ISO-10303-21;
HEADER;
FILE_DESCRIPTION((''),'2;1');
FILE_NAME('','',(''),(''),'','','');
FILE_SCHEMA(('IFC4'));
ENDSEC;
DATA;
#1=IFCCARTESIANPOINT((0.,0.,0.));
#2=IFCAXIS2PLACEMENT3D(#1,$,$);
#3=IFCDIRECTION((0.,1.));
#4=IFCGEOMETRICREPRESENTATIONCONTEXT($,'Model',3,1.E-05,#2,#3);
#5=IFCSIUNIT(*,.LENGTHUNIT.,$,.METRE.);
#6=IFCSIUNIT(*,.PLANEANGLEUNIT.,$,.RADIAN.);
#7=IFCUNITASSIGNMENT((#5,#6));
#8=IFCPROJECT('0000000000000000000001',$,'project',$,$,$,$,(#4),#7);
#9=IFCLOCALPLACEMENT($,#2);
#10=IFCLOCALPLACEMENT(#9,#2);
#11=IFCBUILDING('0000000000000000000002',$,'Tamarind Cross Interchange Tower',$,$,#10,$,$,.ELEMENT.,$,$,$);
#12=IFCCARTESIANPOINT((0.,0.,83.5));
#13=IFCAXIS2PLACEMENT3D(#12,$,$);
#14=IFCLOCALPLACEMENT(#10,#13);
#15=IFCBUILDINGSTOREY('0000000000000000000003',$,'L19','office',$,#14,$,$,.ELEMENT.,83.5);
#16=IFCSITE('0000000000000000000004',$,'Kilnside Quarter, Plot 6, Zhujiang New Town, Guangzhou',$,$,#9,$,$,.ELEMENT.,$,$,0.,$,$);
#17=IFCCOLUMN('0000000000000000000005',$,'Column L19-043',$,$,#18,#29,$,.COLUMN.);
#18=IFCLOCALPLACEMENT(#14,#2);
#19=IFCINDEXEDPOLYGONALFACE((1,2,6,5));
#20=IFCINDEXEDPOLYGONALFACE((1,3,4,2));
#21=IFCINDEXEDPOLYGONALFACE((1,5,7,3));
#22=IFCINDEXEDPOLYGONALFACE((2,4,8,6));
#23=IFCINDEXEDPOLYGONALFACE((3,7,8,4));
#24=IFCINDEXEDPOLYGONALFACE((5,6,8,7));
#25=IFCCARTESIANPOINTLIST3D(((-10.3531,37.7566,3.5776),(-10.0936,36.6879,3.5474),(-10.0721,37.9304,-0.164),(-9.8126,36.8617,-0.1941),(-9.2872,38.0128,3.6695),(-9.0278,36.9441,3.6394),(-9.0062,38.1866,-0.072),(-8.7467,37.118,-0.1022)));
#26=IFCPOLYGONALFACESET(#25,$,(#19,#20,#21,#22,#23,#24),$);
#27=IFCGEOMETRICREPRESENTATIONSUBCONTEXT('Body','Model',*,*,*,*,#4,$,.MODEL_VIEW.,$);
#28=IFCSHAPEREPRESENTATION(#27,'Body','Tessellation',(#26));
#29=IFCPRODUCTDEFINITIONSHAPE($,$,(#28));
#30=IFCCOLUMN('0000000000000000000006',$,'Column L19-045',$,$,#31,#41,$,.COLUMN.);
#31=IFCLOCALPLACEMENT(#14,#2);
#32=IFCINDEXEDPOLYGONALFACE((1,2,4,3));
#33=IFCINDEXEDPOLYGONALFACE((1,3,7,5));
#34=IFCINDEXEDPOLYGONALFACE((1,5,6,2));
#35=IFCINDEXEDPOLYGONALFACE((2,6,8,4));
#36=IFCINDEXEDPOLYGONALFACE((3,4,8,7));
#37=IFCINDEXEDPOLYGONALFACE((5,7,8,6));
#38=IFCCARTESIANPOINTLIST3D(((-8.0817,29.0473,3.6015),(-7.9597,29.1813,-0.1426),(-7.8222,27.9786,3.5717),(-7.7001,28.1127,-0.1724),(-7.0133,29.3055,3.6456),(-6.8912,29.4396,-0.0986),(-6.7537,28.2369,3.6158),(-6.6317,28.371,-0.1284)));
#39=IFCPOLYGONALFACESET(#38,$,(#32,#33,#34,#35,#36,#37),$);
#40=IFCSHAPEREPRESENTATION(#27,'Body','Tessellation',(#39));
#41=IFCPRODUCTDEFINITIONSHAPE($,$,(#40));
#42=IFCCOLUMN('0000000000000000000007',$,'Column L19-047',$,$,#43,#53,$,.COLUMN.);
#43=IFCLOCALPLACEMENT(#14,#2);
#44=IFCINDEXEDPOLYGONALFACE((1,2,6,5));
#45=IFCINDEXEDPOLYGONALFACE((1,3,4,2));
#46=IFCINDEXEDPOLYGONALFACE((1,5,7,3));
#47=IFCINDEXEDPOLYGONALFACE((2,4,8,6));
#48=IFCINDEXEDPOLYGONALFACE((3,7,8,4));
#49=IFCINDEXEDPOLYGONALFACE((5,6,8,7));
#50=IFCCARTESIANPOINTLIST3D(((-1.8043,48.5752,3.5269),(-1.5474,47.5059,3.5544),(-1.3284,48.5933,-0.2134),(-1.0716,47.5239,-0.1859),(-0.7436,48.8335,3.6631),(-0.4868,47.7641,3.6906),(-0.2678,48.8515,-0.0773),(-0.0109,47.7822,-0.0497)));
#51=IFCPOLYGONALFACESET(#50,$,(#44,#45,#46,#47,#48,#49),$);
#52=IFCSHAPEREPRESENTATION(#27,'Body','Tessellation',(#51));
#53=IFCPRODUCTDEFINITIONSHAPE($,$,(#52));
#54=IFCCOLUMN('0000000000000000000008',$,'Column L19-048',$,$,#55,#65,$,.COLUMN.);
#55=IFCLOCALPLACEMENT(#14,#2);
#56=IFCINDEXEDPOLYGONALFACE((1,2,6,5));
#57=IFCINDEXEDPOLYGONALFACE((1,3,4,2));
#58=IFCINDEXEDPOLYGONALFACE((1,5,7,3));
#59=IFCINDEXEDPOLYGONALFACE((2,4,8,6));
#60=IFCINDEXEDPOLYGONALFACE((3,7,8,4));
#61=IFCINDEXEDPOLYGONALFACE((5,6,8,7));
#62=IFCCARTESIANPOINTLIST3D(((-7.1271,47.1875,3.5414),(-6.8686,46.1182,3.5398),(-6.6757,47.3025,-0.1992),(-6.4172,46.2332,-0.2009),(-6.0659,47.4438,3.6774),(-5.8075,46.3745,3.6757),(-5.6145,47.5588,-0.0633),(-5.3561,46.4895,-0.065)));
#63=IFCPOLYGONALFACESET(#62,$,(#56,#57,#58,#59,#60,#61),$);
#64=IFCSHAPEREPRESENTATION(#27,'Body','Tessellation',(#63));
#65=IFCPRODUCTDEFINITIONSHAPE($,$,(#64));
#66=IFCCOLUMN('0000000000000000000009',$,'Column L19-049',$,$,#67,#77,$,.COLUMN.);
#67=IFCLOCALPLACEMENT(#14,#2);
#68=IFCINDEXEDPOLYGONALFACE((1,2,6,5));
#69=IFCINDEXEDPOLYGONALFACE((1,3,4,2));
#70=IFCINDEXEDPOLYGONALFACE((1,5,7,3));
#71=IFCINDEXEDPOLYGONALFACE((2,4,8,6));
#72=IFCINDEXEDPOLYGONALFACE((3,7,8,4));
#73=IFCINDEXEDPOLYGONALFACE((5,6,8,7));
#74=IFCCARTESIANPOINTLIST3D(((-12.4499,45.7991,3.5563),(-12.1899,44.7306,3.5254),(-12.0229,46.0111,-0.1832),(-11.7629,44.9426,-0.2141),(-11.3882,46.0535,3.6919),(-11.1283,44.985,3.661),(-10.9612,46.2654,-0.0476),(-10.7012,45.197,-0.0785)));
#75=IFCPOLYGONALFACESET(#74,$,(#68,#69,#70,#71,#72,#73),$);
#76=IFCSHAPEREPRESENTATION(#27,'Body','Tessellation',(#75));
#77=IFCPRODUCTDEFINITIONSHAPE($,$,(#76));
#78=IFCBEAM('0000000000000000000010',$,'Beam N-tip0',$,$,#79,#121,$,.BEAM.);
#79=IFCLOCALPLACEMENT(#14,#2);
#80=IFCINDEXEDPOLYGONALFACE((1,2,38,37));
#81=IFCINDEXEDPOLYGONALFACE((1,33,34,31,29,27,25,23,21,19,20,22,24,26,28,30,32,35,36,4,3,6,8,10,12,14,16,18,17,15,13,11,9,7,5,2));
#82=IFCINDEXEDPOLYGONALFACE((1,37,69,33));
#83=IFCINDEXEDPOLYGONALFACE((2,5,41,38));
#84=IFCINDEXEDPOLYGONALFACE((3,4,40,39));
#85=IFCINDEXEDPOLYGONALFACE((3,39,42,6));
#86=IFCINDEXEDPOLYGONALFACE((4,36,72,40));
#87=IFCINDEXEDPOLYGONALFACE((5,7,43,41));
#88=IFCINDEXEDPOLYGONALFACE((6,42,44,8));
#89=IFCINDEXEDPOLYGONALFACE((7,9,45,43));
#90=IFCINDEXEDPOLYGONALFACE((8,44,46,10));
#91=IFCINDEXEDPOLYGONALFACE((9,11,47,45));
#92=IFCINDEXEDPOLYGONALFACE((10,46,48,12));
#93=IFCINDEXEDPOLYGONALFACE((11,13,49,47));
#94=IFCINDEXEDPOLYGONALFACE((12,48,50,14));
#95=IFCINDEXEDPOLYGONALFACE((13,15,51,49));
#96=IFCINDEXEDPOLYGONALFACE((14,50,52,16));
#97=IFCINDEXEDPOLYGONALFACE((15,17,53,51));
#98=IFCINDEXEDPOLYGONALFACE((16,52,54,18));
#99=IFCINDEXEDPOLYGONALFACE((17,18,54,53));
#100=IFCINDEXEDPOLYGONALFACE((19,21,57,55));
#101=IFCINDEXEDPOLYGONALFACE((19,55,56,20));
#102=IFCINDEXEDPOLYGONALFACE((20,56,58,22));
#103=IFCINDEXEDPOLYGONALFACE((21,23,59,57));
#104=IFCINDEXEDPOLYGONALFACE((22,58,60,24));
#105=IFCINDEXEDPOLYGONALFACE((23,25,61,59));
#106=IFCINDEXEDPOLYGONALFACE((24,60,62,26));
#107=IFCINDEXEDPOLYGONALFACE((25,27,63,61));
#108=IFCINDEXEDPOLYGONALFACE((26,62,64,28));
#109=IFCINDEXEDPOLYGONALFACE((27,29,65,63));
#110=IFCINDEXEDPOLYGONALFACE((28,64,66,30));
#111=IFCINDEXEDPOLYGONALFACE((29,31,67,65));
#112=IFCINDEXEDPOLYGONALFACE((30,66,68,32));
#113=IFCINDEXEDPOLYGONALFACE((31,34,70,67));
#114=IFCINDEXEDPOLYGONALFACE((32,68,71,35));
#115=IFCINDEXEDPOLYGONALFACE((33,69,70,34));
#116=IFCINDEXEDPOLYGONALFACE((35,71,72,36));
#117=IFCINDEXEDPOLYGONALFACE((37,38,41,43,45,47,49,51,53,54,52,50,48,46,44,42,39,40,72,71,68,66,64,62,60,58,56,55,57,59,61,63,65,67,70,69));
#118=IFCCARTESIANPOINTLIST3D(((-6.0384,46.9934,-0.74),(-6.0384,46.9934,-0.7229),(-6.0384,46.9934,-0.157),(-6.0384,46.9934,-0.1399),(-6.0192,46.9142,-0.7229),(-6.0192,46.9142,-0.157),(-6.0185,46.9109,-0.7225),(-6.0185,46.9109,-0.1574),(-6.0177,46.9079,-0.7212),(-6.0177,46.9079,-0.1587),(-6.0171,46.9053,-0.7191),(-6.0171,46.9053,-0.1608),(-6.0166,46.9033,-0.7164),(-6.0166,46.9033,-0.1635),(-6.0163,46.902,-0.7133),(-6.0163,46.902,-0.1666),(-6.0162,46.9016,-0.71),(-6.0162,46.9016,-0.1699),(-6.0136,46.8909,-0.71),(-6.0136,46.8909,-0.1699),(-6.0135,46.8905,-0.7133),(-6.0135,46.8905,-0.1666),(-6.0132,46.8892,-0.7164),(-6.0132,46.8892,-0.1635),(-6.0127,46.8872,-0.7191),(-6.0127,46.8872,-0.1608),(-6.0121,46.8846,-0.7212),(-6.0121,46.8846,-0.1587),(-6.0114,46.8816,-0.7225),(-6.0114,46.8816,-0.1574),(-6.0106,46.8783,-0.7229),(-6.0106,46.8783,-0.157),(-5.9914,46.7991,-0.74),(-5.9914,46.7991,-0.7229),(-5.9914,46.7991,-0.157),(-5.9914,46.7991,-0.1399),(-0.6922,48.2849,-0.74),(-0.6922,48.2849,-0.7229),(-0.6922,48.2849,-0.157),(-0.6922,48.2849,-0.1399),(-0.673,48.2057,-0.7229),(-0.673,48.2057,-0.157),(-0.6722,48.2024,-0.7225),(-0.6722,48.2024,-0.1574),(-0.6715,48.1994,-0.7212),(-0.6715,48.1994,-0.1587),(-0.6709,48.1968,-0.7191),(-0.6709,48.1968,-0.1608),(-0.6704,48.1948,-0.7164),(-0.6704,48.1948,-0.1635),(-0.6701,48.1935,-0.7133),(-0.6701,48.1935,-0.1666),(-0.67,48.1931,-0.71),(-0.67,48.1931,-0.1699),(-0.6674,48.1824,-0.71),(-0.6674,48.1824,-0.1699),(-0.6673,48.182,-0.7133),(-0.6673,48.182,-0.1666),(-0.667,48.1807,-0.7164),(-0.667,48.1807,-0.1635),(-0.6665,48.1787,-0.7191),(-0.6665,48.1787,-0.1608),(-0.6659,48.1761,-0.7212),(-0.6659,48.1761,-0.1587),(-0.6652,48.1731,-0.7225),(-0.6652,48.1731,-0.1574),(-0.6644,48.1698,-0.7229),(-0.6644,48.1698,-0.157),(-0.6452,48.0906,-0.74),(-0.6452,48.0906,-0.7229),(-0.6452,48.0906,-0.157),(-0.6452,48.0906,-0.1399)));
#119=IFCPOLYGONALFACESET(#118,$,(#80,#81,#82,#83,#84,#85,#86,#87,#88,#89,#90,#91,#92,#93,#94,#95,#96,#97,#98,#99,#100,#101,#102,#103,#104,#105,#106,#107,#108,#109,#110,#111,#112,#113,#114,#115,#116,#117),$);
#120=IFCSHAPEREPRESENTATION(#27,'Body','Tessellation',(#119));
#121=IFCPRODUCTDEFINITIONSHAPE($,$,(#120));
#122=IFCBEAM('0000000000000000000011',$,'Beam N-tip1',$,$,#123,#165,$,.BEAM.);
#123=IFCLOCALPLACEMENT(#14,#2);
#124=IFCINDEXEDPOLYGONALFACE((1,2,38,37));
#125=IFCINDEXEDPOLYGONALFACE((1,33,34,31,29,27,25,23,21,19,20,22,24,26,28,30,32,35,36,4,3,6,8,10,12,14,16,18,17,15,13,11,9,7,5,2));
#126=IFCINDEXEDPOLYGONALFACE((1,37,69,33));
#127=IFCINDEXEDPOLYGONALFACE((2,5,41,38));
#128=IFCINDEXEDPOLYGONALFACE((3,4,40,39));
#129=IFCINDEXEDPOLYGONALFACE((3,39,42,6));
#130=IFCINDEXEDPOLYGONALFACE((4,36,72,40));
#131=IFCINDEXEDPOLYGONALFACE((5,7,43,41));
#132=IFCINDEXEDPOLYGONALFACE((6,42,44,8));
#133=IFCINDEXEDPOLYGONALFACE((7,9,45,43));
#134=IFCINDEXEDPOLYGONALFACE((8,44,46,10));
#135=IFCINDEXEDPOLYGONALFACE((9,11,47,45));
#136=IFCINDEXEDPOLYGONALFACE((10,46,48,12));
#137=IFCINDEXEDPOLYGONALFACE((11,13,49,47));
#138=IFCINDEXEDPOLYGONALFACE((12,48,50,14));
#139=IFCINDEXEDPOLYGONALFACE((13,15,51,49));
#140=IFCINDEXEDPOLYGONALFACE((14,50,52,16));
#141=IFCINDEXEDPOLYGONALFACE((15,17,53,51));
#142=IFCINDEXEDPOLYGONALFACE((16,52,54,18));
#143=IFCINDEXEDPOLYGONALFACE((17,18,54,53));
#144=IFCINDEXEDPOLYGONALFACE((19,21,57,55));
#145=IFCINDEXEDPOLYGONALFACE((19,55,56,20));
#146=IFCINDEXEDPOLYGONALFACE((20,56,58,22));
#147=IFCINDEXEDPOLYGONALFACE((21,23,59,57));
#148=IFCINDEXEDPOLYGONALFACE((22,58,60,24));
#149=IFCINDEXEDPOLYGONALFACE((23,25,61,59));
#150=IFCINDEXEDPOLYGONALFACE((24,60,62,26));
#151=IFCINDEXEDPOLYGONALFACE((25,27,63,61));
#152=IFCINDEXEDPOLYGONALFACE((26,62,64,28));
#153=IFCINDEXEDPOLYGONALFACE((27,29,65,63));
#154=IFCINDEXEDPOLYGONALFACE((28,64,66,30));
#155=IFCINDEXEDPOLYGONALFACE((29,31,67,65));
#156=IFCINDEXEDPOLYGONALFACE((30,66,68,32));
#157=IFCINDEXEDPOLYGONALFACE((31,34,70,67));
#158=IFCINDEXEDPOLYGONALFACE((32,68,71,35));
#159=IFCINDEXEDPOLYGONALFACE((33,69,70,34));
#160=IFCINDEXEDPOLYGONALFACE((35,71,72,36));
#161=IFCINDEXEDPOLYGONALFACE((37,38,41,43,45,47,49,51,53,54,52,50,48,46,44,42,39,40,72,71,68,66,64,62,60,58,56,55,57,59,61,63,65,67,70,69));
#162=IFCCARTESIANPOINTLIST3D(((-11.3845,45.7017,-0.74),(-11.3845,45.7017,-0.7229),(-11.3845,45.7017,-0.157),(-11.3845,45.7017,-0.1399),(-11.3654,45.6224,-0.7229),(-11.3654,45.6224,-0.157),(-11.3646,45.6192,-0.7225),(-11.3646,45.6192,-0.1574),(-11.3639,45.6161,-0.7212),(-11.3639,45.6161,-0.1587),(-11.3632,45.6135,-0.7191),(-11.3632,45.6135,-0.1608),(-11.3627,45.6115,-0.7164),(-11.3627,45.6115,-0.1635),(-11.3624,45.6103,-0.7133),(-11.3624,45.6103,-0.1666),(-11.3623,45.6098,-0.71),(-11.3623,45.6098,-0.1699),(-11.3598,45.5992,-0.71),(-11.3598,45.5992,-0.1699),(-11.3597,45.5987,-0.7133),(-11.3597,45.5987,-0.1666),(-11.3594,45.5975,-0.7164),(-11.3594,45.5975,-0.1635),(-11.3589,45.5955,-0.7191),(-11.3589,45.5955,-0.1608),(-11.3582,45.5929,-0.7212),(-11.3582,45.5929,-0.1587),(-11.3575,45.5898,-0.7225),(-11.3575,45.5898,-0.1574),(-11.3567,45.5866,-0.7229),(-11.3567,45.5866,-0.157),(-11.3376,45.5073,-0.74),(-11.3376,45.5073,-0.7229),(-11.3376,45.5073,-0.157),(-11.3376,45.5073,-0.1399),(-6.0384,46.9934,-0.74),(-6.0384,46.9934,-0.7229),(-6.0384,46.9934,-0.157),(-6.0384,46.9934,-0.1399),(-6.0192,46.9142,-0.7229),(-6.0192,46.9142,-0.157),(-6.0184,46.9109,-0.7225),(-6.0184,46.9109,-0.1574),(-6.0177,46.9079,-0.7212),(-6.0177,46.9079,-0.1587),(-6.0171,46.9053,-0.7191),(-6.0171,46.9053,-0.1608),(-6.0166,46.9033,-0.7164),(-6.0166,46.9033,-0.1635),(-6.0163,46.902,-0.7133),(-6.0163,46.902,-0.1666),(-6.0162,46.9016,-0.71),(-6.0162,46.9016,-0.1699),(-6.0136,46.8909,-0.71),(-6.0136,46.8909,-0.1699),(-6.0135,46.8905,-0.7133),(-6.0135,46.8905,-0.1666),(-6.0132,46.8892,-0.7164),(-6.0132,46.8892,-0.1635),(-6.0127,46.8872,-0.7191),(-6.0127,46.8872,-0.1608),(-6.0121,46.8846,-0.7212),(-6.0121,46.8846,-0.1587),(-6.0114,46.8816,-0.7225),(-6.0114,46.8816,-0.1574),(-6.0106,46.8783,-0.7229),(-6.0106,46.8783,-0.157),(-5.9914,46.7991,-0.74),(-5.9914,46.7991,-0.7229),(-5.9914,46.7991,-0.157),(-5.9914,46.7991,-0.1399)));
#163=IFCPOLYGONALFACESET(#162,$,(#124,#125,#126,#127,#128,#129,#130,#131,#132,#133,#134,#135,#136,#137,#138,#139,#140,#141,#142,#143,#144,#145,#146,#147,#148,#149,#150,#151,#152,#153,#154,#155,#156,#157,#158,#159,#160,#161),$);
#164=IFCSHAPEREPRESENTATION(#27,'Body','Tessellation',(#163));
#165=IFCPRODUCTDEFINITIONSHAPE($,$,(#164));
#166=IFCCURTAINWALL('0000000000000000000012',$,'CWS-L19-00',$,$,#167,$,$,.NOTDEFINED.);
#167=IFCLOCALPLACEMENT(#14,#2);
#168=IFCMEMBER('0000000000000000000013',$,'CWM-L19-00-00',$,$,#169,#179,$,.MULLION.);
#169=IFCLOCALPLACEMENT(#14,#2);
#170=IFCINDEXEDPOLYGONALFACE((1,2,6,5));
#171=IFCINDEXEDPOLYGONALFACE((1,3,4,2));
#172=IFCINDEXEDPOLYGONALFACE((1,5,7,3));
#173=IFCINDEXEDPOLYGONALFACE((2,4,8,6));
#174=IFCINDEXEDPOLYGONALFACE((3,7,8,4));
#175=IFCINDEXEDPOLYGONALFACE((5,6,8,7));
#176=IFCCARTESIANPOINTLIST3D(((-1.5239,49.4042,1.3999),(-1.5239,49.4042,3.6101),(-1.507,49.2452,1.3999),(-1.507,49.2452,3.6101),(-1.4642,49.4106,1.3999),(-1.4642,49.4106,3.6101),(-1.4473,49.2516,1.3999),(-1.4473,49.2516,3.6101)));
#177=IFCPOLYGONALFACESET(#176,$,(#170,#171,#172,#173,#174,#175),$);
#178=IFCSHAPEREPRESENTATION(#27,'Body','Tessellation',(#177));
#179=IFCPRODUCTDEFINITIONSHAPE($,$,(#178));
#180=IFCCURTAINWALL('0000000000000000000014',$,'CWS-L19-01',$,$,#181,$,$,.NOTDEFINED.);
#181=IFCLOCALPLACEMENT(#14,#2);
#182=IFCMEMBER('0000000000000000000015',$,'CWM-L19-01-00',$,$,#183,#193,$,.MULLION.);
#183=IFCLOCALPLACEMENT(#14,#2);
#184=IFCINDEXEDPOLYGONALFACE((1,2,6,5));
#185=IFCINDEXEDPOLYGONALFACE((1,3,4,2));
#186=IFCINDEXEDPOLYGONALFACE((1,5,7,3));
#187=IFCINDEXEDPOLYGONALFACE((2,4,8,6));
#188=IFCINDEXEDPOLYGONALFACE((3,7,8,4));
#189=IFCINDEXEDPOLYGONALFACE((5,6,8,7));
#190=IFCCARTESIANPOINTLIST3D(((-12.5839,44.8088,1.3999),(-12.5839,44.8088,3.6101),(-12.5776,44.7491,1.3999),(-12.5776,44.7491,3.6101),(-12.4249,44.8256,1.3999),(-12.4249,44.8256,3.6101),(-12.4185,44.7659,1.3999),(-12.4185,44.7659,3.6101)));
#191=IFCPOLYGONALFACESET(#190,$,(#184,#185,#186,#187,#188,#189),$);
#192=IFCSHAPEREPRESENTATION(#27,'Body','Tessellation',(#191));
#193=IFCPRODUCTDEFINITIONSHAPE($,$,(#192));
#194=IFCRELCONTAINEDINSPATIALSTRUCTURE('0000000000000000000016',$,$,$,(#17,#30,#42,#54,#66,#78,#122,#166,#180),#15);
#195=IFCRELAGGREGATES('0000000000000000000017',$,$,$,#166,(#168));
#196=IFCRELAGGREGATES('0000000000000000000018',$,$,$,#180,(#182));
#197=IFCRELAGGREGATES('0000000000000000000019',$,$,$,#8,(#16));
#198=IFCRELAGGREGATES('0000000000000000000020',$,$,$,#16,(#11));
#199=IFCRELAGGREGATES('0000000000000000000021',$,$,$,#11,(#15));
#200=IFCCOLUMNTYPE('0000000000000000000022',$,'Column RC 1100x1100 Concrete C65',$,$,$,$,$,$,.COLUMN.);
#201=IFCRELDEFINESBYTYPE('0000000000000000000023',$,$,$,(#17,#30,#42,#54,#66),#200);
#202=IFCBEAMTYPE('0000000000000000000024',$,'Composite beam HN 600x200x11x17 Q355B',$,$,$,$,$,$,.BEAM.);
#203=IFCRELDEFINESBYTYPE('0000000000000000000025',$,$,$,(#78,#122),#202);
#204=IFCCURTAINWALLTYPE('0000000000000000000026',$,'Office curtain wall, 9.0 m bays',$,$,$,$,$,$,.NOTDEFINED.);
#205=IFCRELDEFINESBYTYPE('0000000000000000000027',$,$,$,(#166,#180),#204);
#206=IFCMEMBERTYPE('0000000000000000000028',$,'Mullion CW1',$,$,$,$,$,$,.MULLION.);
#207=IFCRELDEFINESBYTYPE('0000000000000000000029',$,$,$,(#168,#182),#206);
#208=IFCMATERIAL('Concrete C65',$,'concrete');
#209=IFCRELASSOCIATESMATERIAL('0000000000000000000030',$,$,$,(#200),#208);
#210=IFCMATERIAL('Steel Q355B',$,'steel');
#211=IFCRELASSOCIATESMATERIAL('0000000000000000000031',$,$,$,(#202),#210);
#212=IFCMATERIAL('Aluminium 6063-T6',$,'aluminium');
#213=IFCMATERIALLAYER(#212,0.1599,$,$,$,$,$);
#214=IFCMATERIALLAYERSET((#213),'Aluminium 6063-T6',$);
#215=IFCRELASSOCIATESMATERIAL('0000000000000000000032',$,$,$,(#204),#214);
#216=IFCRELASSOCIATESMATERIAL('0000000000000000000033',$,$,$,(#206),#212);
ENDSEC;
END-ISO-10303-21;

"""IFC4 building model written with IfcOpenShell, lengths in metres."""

from ifc_helpers import new_model, si_unit, direction, frame, origin, origin_2d, place, context, subcontext, project, spatial, rectangle, i_section, extrude, material, layer, layer_set, material_profile, profile_set, type_object, element, aggregate, save


model = new_model("IFC4")

# Units and contexts
model_context = context("Model", 3, precision=1e-05, world=origin(), true_north=direction((0.0, 1.0)))
body_context = subcontext(model_context, "Body", "Model", "MODEL_VIEW")
ifc_project = project(units=[si_unit("LENGTHUNIT", "METRE"), si_unit("PLANEANGLEUNIT", "RADIAN")], contexts=[model_context])

# Site, building, storey
site_placement = place(None, origin())
site = spatial("IfcSite", under=ifc_project, at=site_placement, Name="Kilnside Quarter, Plot 6, Zhujiang New Town, Guangzhou", CompositionType="ELEMENT", RefElevation=0.0)
building_placement = place(site_placement, origin())
building = spatial("IfcBuilding", under=site, at=building_placement, Name="Tamarind Cross Interchange Tower", CompositionType="ELEMENT")
storey_placement = place(building_placement, frame((0.0, 0.0, 83.5)))
storey = spatial("IfcBuildingStorey", under=building, at=storey_placement, Name="L19", Description="office", CompositionType="ELEMENT", Elevation=83.5)

# Columns
ifc_material_1 = material(Name="Concrete C65", Category="concrete")
ifc_material_profile_1 = material_profile(ifc_material_1, rectangle(XDim=1.1001, YDim=1.1001, at=origin_2d()), Name="RC 1100x1100")
ifc_profile_set_1 = profile_set([ifc_material_profile_1], Name="Concrete C65")
column_type = type_object("IfcColumnType", Name="Column RC 1100x1100 Concrete C65", PredefinedType="COLUMN", material=ifc_profile_set_1)
column_1_placement = place(storey_placement, frame((-9.4094, 37.5242, -0.1331), z_axis=(-0.074815, -0.04628, 0.996123), x_axis=(0.968903, 0.232895, 0.083591)))
element("IfcColumn", 1, at=column_1_placement, inside=storey, type_object=column_type, Name="Column L19-043", PredefinedType="COLUMN", context=body_context, shape_type="SweptSolid", body=[
    extrude(rectangle(XDim=1.1001, YDim=1.1001, at=origin_2d()), origin(), (0.0, 0.0, 1.0), 3.7561),
])
column_2_placement = place(storey_placement, frame((-7.2957, 28.7761, -0.1355), z_axis=(-0.032565, -0.035756, 0.99883), x_axis=(0.97122, 0.234791, 0.04007)))
element("IfcColumn", 2, at=column_2_placement, inside=storey, type_object=column_type, Name="Column L19-045", PredefinedType="COLUMN", context=body_context, shape_type="SweptSolid", body=[
    extrude(rectangle(XDim=1.1001, YDim=1.1001, at=origin_2d()), origin(), (0.0, 0.0, 1.0), 3.7485),
])
column_3_placement = place(storey_placement, frame((-0.6697, 48.1877, -0.1316), z_axis=(-0.126201, -0.004792, 0.991993), x_axis=(0.233475, -0.972041, 0.025007)))
element("IfcColumn", 3, at=column_3_placement, inside=storey, type_object=column_type, Name="Column L19-047", PredefinedType="COLUMN", context=body_context, shape_type="SweptSolid", body=[
    extrude(rectangle(XDim=1.1001, YDim=1.1001, at=origin_2d()), origin(), (0.0, 0.0, 1.0), 3.7705),
])
column_4_placement = place(storey_placement, frame((-6.0159, 46.896, -0.1321), z_axis=(-0.119751, -0.030504, 0.992335), x_axis=(0.9646, 0.232977, 0.123566)))
element("IfcColumn", 4, at=column_4_placement, inside=storey, type_object=column_type, Name="Column L19-048", PredefinedType="COLUMN", context=body_context, shape_type="SweptSolid", body=[
    extrude(rectangle(XDim=1.1001, YDim=1.1001, at=origin_2d()), origin(), (0.0, 0.0, 1.0), 3.7695),
])
column_5_placement = place(storey_placement, frame((-11.3621, 45.604, -0.1309), z_axis=(-0.11327, -0.056214, 0.991973), x_axis=(0.96505, 0.231247, 0.123301)))
element("IfcColumn", 5, at=column_5_placement, inside=storey, type_object=column_type, Name="Column L19-049", PredefinedType="COLUMN", context=body_context, shape_type="SweptSolid", body=[
    extrude(rectangle(XDim=1.1001, YDim=1.1001, at=origin_2d()), origin(), (0.0, 0.0, 1.0), 3.7698),
])

# Beams
ifc_material_2 = material(Name="Steel Q355B", Category="steel")
ifc_material_profile_2 = material_profile(ifc_material_2, i_section(OverallWidth=0.2, OverallDepth=0.6001, WebThickness=0.011, FlangeThickness=0.0171, FilletRadius=0.0129, at=origin_2d()), Name="HN 600x200x11x17")
ifc_profile_set_2 = profile_set([ifc_material_profile_2], Name="Steel Q355B")
beam_type = type_object("IfcBeamType", Name="Composite beam HN 600x200x11x17 Q355B", PredefinedType="BEAM", material=ifc_profile_set_2)
for number, where, z_axis, x_axis, name in (
    (6, (-0.6687, 48.1877, -0.4399), (-0.972039, -0.23482, 0.0), (0.23482, -0.972039, 0.0), "Beam N-tip0"),
    (7, (-6.0149, 46.8962, -0.4399), (-0.972029, -0.234862, 0.0), (0.234862, -0.972029, 0.0), "Beam N-tip1"),
):
    element("IfcBeam", number, at=place(storey_placement, frame(where, z_axis=z_axis, x_axis=x_axis)), inside=storey, type_object=beam_type, Name=name, PredefinedType="BEAM", context=body_context, shape_type="SweptSolid", body=[
        extrude(i_section(OverallWidth=0.2, OverallDepth=0.6001, WebThickness=0.011, FlangeThickness=0.0171, FilletRadius=0.0129, at=origin_2d()), origin(), (0.0, 0.0, 1.0), 5.5),
    ])

# Curtain wall, member
ifc_material_3 = material(Name="Aluminium 6063-T6", Category="aluminium")
ifc_layer_1 = layer(ifc_material_3, 0.1599)
ifc_layer_set_1 = layer_set([ifc_layer_1], Name="Aluminium 6063-T6")
curtain_wall_type = type_object("IfcCurtainWallType", Name="Office curtain wall, 9.0 m bays", PredefinedType="NOTDEFINED", material=ifc_layer_set_1)
curtain_wall_1_placement = place(storey_placement, origin())
curtain_wall_1 = element("IfcCurtainWall", 8, at=curtain_wall_1_placement, inside=storey, type_object=curtain_wall_type, Name="CWS-L19-00", PredefinedType="NOTDEFINED")
ifc_material_profile_3 = material_profile(ifc_material_3, rectangle(XDim=0.0601, YDim=0.1599, at=origin_2d()), Name="Mullion CW1")
ifc_profile_set_3 = profile_set([ifc_material_profile_3], Name="Aluminium 6063-T6")
member_type = type_object("IfcMemberType", Name="Mullion CW1", PredefinedType="MULLION", material=ifc_profile_set_3)
member_1_placement = place(storey_placement, frame((-1.4856, 49.3279, 1.3999), z_axis=(0.0, 0.0, 1.0), x_axis=(-0.994371, -0.105959, 0.0)))
member_1 = element("IfcMember", 9, at=member_1_placement, type_object=member_type, Name="CWM-L19-00-00", PredefinedType="MULLION", context=body_context, shape_type="SweptSolid", body=[
    extrude(rectangle(XDim=0.0601, YDim=0.1599, at=origin_2d()), origin(), (0.0, 0.0, 1.0), 2.2102),
])
aggregate(curtain_wall_1, [member_1])

# Curtain wall, member
curtain_wall_2_placement = place(storey_placement, origin())
curtain_wall_2 = element("IfcCurtainWall", 10, at=curtain_wall_2_placement, inside=storey, type_object=curtain_wall_type, Name="CWS-L19-01", PredefinedType="NOTDEFINED")
member_2_placement = place(storey_placement, frame((-12.5012, 44.7874, 1.3999), z_axis=(0.0, 0.0, 1.0), x_axis=(0.105294, -0.994441, 0.0)))
member_2 = element("IfcMember", 11, at=member_2_placement, type_object=member_type, Name="CWM-L19-01-00", PredefinedType="MULLION", context=body_context, shape_type="SweptSolid", body=[
    extrude(rectangle(XDim=0.0601, YDim=0.1599, at=origin_2d()), origin(), (0.0, 0.0, 1.0), 2.2102),
])
aggregate(curtain_wall_2, [member_2])

save(model, "model.ifc")
